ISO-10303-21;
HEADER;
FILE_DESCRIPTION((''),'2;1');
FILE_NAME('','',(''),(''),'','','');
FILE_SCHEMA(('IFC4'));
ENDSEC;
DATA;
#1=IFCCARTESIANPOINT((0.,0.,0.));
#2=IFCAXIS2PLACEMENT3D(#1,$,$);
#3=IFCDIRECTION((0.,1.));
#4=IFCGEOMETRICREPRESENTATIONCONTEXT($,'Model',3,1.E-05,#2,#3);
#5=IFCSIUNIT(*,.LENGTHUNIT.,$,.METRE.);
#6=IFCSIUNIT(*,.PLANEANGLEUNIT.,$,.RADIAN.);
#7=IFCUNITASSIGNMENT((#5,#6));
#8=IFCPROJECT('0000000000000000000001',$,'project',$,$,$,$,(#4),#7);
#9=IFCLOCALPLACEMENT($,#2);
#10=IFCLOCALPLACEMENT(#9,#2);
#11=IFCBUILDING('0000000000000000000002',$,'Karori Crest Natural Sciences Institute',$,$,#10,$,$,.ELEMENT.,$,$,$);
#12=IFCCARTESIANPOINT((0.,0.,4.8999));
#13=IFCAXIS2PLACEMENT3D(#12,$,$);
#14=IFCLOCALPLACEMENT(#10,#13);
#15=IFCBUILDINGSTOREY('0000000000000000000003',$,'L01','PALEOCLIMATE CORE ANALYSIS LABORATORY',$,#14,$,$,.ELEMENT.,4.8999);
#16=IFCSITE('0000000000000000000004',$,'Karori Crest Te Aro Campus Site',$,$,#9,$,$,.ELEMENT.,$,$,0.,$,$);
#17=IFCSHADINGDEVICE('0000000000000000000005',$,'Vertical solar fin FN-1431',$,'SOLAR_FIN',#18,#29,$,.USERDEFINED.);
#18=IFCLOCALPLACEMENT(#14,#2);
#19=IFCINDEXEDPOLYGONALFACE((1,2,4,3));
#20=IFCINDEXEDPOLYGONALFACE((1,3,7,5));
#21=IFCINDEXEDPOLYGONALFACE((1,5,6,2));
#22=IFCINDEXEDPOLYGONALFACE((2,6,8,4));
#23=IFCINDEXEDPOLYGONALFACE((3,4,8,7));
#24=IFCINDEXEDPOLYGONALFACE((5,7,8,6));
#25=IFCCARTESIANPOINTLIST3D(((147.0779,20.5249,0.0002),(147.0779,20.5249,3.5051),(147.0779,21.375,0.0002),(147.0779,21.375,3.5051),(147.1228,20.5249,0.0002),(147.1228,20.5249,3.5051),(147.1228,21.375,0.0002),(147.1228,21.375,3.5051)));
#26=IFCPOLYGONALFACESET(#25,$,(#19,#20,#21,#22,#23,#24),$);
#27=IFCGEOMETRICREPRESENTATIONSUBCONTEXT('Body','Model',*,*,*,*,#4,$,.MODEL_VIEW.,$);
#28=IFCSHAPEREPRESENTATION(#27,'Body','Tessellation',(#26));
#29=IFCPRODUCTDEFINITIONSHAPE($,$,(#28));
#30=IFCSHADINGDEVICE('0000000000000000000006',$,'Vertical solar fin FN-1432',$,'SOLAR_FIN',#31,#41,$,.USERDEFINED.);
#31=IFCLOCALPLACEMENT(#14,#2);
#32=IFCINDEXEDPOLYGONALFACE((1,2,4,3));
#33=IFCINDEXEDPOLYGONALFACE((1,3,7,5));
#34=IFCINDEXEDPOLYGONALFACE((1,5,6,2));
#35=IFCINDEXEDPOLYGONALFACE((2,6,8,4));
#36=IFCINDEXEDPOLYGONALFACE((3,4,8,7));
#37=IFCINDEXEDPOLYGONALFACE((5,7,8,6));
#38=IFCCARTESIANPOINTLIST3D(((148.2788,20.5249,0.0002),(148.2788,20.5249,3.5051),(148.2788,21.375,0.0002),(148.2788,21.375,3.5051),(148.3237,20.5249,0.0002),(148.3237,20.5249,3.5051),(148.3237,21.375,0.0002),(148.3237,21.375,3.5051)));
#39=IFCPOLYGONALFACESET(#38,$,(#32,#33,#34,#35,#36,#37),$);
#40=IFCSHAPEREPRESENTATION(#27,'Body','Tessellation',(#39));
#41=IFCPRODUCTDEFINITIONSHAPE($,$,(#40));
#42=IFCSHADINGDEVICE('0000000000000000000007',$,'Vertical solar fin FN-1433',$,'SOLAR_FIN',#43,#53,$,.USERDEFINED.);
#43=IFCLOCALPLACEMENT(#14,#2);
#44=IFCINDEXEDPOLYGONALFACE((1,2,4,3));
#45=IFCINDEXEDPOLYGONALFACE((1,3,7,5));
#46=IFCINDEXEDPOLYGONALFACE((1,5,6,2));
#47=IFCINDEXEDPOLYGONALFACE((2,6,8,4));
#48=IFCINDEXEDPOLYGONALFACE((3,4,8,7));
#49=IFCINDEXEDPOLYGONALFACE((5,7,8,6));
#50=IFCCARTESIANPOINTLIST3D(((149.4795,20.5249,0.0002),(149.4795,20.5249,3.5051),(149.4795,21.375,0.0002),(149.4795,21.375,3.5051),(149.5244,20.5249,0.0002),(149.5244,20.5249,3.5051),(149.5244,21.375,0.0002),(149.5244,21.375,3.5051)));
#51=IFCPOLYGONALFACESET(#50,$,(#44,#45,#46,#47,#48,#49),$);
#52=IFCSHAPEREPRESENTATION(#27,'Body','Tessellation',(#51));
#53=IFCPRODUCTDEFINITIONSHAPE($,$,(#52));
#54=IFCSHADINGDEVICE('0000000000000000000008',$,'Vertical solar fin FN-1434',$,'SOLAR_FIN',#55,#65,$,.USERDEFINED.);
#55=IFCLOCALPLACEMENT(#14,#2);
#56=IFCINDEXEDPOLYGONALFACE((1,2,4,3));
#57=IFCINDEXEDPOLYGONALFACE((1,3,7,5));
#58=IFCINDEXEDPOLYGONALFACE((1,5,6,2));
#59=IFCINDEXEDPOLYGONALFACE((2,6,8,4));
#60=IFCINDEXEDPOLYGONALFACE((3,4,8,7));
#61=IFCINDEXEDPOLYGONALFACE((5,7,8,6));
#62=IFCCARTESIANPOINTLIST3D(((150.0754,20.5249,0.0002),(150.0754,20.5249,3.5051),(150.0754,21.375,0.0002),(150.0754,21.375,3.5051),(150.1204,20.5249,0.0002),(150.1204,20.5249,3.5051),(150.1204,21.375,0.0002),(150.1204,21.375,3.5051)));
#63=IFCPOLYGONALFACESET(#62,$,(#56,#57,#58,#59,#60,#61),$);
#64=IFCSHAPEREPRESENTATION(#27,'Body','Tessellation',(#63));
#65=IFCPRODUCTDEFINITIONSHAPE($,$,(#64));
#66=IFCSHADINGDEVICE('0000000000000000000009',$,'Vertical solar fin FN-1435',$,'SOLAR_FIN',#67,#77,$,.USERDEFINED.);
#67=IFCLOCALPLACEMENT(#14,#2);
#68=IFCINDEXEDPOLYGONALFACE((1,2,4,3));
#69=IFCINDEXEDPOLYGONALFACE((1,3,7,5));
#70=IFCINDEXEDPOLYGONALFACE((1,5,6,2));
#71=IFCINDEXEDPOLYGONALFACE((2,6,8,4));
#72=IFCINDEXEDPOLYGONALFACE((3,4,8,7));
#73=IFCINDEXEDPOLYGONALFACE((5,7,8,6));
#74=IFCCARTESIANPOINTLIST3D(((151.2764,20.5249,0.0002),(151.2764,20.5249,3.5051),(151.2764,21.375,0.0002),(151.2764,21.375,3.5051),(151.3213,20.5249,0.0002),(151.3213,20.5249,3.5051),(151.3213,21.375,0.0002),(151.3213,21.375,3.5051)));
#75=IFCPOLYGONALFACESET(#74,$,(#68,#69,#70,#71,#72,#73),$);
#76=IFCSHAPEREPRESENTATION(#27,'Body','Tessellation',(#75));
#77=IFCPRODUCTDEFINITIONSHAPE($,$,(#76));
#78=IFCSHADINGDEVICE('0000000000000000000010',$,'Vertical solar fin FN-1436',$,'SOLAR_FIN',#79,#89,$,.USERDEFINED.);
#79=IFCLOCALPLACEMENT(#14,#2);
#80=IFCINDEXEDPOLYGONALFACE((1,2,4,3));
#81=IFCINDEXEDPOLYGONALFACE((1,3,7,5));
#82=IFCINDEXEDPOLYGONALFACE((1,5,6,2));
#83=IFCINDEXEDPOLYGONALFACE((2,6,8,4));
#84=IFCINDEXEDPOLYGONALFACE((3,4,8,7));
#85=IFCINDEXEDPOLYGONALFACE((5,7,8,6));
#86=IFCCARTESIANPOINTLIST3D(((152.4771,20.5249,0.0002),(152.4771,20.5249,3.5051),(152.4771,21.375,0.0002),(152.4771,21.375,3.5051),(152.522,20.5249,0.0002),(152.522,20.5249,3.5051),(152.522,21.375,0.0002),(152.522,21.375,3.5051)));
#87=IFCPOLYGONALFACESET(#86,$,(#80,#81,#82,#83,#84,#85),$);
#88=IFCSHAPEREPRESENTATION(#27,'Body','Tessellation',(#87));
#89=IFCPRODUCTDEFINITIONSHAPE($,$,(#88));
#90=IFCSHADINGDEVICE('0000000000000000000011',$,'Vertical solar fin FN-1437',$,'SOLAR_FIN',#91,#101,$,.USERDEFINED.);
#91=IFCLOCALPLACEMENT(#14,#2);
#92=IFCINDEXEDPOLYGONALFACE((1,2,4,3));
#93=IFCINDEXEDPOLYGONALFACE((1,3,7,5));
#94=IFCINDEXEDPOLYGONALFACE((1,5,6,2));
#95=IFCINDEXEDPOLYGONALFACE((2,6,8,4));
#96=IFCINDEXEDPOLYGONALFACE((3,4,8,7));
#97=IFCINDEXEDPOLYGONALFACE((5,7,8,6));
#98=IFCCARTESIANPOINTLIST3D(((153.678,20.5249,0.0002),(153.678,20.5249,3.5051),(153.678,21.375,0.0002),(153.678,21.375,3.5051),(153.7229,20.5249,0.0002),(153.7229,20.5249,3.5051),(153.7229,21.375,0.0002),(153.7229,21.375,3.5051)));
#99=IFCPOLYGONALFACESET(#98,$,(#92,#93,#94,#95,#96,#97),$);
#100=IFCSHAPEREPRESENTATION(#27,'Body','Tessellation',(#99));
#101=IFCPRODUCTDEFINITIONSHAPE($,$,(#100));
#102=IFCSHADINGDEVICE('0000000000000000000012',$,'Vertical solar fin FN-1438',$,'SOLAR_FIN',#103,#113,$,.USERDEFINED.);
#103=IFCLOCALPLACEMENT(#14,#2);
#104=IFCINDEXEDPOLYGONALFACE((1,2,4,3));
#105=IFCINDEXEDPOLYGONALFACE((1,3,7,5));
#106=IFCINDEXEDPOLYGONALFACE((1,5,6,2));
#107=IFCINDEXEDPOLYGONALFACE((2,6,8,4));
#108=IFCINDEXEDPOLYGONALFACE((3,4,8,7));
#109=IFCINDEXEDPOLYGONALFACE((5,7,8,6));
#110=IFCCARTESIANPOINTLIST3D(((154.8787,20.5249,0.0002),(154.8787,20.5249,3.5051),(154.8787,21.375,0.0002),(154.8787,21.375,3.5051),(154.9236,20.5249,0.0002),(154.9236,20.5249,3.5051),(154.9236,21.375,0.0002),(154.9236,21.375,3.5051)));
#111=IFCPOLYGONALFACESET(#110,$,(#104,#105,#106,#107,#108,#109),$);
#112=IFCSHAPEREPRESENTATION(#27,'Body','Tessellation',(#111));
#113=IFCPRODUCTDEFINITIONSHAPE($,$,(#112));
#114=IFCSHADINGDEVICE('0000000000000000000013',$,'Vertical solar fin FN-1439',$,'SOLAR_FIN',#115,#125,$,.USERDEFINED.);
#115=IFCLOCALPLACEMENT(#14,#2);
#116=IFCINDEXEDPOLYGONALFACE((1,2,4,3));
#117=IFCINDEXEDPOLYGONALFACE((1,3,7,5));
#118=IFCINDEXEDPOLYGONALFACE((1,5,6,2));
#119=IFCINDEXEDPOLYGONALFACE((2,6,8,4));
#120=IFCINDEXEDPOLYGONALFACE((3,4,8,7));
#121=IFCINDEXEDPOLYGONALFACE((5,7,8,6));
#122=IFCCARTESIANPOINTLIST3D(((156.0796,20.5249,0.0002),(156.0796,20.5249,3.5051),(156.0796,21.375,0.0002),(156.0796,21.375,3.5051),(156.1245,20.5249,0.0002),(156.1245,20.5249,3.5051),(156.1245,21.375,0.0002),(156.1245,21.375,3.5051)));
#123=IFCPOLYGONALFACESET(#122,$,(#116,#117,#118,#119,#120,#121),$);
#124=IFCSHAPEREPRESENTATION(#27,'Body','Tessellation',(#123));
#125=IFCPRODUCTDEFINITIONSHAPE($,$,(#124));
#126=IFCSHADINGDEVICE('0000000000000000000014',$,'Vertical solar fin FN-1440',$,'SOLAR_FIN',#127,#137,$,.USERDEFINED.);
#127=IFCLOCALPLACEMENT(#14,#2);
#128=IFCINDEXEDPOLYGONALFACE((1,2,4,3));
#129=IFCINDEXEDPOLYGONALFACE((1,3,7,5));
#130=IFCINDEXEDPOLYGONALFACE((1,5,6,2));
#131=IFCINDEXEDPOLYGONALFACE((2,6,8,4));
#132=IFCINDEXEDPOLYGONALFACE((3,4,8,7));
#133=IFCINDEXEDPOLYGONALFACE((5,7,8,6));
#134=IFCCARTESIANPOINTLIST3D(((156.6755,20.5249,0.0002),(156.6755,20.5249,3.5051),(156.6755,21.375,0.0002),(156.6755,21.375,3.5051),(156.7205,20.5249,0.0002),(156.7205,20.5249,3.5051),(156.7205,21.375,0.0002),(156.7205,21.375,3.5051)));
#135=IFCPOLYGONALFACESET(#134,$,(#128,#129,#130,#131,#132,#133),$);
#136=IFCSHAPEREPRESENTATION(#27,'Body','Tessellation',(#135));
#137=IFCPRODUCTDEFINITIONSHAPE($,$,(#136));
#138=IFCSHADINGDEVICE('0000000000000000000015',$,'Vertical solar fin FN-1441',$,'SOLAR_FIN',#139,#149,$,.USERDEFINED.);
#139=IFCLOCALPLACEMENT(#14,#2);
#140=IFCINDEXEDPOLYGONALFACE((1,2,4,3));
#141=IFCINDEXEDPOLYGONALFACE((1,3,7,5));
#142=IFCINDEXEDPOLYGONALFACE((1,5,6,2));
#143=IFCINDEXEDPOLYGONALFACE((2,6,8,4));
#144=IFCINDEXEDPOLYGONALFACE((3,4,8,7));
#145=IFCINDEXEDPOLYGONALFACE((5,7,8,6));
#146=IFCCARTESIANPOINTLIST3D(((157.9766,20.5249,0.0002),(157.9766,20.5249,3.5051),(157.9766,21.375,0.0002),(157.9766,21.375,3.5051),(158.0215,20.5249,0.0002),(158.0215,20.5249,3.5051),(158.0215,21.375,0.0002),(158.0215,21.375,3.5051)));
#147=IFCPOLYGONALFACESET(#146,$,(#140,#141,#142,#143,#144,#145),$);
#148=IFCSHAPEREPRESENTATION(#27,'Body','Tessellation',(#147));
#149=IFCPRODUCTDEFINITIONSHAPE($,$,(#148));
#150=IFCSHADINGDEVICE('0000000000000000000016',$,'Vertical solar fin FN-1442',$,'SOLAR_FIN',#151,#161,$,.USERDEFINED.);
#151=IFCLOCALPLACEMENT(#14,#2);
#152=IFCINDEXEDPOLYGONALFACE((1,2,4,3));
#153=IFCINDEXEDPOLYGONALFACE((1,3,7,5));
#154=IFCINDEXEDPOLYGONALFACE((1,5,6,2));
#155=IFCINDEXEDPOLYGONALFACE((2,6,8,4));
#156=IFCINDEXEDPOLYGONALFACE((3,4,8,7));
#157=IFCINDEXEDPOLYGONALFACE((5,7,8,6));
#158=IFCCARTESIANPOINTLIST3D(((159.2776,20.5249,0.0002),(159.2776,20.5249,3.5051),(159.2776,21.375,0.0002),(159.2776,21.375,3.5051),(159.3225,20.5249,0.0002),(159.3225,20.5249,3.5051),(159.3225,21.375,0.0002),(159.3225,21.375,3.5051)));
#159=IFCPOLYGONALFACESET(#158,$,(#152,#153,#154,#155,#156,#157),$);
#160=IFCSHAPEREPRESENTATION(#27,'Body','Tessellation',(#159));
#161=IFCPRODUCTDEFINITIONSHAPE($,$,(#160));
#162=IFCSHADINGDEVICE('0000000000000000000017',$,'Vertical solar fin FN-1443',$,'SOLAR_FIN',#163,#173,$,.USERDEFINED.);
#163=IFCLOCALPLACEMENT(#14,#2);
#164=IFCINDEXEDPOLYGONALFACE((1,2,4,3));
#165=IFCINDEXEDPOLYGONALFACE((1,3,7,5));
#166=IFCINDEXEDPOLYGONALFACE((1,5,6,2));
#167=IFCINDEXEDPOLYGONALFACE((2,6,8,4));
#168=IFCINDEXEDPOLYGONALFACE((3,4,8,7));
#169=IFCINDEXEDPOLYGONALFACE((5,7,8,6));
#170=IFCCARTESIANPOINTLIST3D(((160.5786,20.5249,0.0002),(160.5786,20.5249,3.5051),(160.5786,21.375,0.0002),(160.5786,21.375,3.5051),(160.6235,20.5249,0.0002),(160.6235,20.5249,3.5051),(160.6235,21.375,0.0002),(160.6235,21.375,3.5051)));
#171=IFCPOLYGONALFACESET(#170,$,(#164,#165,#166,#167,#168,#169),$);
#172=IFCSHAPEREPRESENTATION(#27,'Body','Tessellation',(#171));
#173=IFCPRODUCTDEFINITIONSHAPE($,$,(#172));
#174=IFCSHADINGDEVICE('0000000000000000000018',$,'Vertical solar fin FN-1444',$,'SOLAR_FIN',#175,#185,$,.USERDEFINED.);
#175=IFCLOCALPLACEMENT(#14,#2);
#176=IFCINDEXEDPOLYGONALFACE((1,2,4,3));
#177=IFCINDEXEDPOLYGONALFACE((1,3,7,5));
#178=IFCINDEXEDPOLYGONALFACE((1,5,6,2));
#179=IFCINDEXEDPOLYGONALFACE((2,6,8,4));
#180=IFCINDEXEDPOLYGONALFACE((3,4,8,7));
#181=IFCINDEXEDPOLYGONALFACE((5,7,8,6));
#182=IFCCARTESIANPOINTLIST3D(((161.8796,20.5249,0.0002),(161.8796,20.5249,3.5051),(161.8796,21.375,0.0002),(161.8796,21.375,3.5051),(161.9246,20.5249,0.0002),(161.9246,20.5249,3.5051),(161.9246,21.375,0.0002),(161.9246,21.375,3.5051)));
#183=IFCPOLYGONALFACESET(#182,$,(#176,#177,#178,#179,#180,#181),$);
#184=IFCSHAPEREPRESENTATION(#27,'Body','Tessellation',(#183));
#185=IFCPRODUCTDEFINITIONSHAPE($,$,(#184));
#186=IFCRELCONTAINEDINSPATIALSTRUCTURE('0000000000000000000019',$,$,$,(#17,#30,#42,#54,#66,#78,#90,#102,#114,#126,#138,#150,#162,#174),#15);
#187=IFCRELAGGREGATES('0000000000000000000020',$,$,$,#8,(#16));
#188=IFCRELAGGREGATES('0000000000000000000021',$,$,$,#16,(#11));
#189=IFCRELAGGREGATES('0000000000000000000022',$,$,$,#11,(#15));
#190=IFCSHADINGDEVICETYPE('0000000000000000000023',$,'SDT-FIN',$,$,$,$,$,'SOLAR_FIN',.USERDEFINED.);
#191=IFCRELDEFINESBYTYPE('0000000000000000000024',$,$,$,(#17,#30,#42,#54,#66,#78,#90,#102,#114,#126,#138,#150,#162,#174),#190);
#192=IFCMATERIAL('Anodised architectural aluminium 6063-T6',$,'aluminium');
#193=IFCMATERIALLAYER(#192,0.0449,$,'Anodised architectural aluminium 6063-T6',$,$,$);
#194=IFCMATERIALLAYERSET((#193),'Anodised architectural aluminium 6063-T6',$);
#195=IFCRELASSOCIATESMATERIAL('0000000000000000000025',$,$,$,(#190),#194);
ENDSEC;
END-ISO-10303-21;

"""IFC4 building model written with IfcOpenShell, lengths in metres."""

from ifc_helpers import new_model, si_unit, direction, frame, origin, origin_2d, place, context, subcontext, project, spatial, rectangle, extrude, material, layer, layer_set, type_object, element, save


model = new_model("IFC4")

# Units and contexts
model_context = context("Model", 3, precision=1e-05, world=origin(), true_north=direction((0.0, 1.0)))
body_context = subcontext(model_context, "Body", "Model", "MODEL_VIEW")
ifc_project = project(units=[si_unit("LENGTHUNIT", "METRE"), si_unit("PLANEANGLEUNIT", "RADIAN")], contexts=[model_context])

# Site, building, storey
site_placement = place(None, origin())
site = spatial("IfcSite", under=ifc_project, at=site_placement, Name="Karori Crest Te Aro Campus Site", CompositionType="ELEMENT", RefElevation=0.0)
building_placement = place(site_placement, origin())
building = spatial("IfcBuilding", under=site, at=building_placement, Name="Karori Crest Natural Sciences Institute", CompositionType="ELEMENT")
storey_placement = place(building_placement, frame((0.0, 0.0, 4.8999)))
storey = spatial("IfcBuildingStorey", under=building, at=storey_placement, Name="L01", Description="PALEOCLIMATE CORE ANALYSIS LABORATORY", CompositionType="ELEMENT", Elevation=4.8999)

# Shading devices
ifc_material_1 = material(Name="Anodised architectural aluminium 6063-T6", Category="aluminium")
ifc_layer = layer(ifc_material_1, 0.0449, Name="Anodised architectural aluminium 6063-T6")
ifc_layer_set = layer_set([ifc_layer], Name="Anodised architectural aluminium 6063-T6")
shading_device_type = type_object("IfcShadingDeviceType", Name="SDT-FIN", ElementType="SOLAR_FIN", PredefinedType="USERDEFINED", material=ifc_layer_set)
for number, where, z_axis, x_axis, name in (
    (1, (147.1003, 20.95, 0.0002), (0.0, 0.0, 1.0), (0.0, 1.0, 0.0), "Vertical solar fin FN-1431"),
    (2, (148.3013, 20.95, 0.0002), (0.0, 0.0, 1.0), (0.0, 1.0, 0.0), "Vertical solar fin FN-1432"),
    (3, (149.502, 20.95, 0.0002), (0.0, 0.0, 1.0), (0.0, 1.0, 0.0), "Vertical solar fin FN-1433"),
    (4, (150.0979, 20.95, 0.0002), (0.0, 0.0, 1.0), (0.0, 1.0, 0.0), "Vertical solar fin FN-1434"),
    (5, (151.2988, 20.95, 0.0002), (0.0, 0.0, 1.0), (0.0, 1.0, 0.0), "Vertical solar fin FN-1435"),
    (6, (152.4995, 20.95, 0.0002), (0.0, 0.0, 1.0), (0.0, 1.0, 0.0), "Vertical solar fin FN-1436"),
    (7, (153.7004, 20.95, 0.0002), (0.0, 0.0, 1.0), (0.0, 1.0, 0.0), "Vertical solar fin FN-1437"),
    (8, (154.9011, 20.95, 0.0002), (0.0, 0.0, 1.0), (0.0, 1.0, 0.0), "Vertical solar fin FN-1438"),
    (9, (156.1021, 20.95, 0.0002), (0.0, 0.0, 1.0), (0.0, 1.0, 0.0), "Vertical solar fin FN-1439"),
    (10, (156.698, 20.95, 0.0002), (0.0, 0.0, 1.0), (0.0, 1.0, 0.0), "Vertical solar fin FN-1440"),
    (11, (157.999, 20.95, 0.0002), (0.0, 0.0, 1.0), (0.0, 1.0, 0.0), "Vertical solar fin FN-1441"),
    (12, (159.3, 20.95, 0.0002), (0.0, 0.0, 1.0), (0.0, 1.0, 0.0), "Vertical solar fin FN-1442"),
    (13, (160.6011, 20.95, 0.0002), (0.0, 0.0, 1.0), (0.0, 1.0, 0.0), "Vertical solar fin FN-1443"),
    (14, (161.9021, 20.95, 0.0002), (0.0, 0.0, 1.0), (0.0, 1.0, 0.0), "Vertical solar fin FN-1444"),
):
    element("IfcShadingDevice", number, at=place(storey_placement, frame(where, z_axis=z_axis, x_axis=x_axis)), inside=storey, type_object=shading_device_type, Name=name, ObjectType="SOLAR_FIN", PredefinedType="USERDEFINED", context=body_context, shape_type="SweptSolid", body=[
        extrude(rectangle(XDim=0.8501, YDim=0.0449, at=origin_2d()), origin(), (0.0, 0.0, 1.0), 3.5049),
    ])

save(model, "model.ifc")
